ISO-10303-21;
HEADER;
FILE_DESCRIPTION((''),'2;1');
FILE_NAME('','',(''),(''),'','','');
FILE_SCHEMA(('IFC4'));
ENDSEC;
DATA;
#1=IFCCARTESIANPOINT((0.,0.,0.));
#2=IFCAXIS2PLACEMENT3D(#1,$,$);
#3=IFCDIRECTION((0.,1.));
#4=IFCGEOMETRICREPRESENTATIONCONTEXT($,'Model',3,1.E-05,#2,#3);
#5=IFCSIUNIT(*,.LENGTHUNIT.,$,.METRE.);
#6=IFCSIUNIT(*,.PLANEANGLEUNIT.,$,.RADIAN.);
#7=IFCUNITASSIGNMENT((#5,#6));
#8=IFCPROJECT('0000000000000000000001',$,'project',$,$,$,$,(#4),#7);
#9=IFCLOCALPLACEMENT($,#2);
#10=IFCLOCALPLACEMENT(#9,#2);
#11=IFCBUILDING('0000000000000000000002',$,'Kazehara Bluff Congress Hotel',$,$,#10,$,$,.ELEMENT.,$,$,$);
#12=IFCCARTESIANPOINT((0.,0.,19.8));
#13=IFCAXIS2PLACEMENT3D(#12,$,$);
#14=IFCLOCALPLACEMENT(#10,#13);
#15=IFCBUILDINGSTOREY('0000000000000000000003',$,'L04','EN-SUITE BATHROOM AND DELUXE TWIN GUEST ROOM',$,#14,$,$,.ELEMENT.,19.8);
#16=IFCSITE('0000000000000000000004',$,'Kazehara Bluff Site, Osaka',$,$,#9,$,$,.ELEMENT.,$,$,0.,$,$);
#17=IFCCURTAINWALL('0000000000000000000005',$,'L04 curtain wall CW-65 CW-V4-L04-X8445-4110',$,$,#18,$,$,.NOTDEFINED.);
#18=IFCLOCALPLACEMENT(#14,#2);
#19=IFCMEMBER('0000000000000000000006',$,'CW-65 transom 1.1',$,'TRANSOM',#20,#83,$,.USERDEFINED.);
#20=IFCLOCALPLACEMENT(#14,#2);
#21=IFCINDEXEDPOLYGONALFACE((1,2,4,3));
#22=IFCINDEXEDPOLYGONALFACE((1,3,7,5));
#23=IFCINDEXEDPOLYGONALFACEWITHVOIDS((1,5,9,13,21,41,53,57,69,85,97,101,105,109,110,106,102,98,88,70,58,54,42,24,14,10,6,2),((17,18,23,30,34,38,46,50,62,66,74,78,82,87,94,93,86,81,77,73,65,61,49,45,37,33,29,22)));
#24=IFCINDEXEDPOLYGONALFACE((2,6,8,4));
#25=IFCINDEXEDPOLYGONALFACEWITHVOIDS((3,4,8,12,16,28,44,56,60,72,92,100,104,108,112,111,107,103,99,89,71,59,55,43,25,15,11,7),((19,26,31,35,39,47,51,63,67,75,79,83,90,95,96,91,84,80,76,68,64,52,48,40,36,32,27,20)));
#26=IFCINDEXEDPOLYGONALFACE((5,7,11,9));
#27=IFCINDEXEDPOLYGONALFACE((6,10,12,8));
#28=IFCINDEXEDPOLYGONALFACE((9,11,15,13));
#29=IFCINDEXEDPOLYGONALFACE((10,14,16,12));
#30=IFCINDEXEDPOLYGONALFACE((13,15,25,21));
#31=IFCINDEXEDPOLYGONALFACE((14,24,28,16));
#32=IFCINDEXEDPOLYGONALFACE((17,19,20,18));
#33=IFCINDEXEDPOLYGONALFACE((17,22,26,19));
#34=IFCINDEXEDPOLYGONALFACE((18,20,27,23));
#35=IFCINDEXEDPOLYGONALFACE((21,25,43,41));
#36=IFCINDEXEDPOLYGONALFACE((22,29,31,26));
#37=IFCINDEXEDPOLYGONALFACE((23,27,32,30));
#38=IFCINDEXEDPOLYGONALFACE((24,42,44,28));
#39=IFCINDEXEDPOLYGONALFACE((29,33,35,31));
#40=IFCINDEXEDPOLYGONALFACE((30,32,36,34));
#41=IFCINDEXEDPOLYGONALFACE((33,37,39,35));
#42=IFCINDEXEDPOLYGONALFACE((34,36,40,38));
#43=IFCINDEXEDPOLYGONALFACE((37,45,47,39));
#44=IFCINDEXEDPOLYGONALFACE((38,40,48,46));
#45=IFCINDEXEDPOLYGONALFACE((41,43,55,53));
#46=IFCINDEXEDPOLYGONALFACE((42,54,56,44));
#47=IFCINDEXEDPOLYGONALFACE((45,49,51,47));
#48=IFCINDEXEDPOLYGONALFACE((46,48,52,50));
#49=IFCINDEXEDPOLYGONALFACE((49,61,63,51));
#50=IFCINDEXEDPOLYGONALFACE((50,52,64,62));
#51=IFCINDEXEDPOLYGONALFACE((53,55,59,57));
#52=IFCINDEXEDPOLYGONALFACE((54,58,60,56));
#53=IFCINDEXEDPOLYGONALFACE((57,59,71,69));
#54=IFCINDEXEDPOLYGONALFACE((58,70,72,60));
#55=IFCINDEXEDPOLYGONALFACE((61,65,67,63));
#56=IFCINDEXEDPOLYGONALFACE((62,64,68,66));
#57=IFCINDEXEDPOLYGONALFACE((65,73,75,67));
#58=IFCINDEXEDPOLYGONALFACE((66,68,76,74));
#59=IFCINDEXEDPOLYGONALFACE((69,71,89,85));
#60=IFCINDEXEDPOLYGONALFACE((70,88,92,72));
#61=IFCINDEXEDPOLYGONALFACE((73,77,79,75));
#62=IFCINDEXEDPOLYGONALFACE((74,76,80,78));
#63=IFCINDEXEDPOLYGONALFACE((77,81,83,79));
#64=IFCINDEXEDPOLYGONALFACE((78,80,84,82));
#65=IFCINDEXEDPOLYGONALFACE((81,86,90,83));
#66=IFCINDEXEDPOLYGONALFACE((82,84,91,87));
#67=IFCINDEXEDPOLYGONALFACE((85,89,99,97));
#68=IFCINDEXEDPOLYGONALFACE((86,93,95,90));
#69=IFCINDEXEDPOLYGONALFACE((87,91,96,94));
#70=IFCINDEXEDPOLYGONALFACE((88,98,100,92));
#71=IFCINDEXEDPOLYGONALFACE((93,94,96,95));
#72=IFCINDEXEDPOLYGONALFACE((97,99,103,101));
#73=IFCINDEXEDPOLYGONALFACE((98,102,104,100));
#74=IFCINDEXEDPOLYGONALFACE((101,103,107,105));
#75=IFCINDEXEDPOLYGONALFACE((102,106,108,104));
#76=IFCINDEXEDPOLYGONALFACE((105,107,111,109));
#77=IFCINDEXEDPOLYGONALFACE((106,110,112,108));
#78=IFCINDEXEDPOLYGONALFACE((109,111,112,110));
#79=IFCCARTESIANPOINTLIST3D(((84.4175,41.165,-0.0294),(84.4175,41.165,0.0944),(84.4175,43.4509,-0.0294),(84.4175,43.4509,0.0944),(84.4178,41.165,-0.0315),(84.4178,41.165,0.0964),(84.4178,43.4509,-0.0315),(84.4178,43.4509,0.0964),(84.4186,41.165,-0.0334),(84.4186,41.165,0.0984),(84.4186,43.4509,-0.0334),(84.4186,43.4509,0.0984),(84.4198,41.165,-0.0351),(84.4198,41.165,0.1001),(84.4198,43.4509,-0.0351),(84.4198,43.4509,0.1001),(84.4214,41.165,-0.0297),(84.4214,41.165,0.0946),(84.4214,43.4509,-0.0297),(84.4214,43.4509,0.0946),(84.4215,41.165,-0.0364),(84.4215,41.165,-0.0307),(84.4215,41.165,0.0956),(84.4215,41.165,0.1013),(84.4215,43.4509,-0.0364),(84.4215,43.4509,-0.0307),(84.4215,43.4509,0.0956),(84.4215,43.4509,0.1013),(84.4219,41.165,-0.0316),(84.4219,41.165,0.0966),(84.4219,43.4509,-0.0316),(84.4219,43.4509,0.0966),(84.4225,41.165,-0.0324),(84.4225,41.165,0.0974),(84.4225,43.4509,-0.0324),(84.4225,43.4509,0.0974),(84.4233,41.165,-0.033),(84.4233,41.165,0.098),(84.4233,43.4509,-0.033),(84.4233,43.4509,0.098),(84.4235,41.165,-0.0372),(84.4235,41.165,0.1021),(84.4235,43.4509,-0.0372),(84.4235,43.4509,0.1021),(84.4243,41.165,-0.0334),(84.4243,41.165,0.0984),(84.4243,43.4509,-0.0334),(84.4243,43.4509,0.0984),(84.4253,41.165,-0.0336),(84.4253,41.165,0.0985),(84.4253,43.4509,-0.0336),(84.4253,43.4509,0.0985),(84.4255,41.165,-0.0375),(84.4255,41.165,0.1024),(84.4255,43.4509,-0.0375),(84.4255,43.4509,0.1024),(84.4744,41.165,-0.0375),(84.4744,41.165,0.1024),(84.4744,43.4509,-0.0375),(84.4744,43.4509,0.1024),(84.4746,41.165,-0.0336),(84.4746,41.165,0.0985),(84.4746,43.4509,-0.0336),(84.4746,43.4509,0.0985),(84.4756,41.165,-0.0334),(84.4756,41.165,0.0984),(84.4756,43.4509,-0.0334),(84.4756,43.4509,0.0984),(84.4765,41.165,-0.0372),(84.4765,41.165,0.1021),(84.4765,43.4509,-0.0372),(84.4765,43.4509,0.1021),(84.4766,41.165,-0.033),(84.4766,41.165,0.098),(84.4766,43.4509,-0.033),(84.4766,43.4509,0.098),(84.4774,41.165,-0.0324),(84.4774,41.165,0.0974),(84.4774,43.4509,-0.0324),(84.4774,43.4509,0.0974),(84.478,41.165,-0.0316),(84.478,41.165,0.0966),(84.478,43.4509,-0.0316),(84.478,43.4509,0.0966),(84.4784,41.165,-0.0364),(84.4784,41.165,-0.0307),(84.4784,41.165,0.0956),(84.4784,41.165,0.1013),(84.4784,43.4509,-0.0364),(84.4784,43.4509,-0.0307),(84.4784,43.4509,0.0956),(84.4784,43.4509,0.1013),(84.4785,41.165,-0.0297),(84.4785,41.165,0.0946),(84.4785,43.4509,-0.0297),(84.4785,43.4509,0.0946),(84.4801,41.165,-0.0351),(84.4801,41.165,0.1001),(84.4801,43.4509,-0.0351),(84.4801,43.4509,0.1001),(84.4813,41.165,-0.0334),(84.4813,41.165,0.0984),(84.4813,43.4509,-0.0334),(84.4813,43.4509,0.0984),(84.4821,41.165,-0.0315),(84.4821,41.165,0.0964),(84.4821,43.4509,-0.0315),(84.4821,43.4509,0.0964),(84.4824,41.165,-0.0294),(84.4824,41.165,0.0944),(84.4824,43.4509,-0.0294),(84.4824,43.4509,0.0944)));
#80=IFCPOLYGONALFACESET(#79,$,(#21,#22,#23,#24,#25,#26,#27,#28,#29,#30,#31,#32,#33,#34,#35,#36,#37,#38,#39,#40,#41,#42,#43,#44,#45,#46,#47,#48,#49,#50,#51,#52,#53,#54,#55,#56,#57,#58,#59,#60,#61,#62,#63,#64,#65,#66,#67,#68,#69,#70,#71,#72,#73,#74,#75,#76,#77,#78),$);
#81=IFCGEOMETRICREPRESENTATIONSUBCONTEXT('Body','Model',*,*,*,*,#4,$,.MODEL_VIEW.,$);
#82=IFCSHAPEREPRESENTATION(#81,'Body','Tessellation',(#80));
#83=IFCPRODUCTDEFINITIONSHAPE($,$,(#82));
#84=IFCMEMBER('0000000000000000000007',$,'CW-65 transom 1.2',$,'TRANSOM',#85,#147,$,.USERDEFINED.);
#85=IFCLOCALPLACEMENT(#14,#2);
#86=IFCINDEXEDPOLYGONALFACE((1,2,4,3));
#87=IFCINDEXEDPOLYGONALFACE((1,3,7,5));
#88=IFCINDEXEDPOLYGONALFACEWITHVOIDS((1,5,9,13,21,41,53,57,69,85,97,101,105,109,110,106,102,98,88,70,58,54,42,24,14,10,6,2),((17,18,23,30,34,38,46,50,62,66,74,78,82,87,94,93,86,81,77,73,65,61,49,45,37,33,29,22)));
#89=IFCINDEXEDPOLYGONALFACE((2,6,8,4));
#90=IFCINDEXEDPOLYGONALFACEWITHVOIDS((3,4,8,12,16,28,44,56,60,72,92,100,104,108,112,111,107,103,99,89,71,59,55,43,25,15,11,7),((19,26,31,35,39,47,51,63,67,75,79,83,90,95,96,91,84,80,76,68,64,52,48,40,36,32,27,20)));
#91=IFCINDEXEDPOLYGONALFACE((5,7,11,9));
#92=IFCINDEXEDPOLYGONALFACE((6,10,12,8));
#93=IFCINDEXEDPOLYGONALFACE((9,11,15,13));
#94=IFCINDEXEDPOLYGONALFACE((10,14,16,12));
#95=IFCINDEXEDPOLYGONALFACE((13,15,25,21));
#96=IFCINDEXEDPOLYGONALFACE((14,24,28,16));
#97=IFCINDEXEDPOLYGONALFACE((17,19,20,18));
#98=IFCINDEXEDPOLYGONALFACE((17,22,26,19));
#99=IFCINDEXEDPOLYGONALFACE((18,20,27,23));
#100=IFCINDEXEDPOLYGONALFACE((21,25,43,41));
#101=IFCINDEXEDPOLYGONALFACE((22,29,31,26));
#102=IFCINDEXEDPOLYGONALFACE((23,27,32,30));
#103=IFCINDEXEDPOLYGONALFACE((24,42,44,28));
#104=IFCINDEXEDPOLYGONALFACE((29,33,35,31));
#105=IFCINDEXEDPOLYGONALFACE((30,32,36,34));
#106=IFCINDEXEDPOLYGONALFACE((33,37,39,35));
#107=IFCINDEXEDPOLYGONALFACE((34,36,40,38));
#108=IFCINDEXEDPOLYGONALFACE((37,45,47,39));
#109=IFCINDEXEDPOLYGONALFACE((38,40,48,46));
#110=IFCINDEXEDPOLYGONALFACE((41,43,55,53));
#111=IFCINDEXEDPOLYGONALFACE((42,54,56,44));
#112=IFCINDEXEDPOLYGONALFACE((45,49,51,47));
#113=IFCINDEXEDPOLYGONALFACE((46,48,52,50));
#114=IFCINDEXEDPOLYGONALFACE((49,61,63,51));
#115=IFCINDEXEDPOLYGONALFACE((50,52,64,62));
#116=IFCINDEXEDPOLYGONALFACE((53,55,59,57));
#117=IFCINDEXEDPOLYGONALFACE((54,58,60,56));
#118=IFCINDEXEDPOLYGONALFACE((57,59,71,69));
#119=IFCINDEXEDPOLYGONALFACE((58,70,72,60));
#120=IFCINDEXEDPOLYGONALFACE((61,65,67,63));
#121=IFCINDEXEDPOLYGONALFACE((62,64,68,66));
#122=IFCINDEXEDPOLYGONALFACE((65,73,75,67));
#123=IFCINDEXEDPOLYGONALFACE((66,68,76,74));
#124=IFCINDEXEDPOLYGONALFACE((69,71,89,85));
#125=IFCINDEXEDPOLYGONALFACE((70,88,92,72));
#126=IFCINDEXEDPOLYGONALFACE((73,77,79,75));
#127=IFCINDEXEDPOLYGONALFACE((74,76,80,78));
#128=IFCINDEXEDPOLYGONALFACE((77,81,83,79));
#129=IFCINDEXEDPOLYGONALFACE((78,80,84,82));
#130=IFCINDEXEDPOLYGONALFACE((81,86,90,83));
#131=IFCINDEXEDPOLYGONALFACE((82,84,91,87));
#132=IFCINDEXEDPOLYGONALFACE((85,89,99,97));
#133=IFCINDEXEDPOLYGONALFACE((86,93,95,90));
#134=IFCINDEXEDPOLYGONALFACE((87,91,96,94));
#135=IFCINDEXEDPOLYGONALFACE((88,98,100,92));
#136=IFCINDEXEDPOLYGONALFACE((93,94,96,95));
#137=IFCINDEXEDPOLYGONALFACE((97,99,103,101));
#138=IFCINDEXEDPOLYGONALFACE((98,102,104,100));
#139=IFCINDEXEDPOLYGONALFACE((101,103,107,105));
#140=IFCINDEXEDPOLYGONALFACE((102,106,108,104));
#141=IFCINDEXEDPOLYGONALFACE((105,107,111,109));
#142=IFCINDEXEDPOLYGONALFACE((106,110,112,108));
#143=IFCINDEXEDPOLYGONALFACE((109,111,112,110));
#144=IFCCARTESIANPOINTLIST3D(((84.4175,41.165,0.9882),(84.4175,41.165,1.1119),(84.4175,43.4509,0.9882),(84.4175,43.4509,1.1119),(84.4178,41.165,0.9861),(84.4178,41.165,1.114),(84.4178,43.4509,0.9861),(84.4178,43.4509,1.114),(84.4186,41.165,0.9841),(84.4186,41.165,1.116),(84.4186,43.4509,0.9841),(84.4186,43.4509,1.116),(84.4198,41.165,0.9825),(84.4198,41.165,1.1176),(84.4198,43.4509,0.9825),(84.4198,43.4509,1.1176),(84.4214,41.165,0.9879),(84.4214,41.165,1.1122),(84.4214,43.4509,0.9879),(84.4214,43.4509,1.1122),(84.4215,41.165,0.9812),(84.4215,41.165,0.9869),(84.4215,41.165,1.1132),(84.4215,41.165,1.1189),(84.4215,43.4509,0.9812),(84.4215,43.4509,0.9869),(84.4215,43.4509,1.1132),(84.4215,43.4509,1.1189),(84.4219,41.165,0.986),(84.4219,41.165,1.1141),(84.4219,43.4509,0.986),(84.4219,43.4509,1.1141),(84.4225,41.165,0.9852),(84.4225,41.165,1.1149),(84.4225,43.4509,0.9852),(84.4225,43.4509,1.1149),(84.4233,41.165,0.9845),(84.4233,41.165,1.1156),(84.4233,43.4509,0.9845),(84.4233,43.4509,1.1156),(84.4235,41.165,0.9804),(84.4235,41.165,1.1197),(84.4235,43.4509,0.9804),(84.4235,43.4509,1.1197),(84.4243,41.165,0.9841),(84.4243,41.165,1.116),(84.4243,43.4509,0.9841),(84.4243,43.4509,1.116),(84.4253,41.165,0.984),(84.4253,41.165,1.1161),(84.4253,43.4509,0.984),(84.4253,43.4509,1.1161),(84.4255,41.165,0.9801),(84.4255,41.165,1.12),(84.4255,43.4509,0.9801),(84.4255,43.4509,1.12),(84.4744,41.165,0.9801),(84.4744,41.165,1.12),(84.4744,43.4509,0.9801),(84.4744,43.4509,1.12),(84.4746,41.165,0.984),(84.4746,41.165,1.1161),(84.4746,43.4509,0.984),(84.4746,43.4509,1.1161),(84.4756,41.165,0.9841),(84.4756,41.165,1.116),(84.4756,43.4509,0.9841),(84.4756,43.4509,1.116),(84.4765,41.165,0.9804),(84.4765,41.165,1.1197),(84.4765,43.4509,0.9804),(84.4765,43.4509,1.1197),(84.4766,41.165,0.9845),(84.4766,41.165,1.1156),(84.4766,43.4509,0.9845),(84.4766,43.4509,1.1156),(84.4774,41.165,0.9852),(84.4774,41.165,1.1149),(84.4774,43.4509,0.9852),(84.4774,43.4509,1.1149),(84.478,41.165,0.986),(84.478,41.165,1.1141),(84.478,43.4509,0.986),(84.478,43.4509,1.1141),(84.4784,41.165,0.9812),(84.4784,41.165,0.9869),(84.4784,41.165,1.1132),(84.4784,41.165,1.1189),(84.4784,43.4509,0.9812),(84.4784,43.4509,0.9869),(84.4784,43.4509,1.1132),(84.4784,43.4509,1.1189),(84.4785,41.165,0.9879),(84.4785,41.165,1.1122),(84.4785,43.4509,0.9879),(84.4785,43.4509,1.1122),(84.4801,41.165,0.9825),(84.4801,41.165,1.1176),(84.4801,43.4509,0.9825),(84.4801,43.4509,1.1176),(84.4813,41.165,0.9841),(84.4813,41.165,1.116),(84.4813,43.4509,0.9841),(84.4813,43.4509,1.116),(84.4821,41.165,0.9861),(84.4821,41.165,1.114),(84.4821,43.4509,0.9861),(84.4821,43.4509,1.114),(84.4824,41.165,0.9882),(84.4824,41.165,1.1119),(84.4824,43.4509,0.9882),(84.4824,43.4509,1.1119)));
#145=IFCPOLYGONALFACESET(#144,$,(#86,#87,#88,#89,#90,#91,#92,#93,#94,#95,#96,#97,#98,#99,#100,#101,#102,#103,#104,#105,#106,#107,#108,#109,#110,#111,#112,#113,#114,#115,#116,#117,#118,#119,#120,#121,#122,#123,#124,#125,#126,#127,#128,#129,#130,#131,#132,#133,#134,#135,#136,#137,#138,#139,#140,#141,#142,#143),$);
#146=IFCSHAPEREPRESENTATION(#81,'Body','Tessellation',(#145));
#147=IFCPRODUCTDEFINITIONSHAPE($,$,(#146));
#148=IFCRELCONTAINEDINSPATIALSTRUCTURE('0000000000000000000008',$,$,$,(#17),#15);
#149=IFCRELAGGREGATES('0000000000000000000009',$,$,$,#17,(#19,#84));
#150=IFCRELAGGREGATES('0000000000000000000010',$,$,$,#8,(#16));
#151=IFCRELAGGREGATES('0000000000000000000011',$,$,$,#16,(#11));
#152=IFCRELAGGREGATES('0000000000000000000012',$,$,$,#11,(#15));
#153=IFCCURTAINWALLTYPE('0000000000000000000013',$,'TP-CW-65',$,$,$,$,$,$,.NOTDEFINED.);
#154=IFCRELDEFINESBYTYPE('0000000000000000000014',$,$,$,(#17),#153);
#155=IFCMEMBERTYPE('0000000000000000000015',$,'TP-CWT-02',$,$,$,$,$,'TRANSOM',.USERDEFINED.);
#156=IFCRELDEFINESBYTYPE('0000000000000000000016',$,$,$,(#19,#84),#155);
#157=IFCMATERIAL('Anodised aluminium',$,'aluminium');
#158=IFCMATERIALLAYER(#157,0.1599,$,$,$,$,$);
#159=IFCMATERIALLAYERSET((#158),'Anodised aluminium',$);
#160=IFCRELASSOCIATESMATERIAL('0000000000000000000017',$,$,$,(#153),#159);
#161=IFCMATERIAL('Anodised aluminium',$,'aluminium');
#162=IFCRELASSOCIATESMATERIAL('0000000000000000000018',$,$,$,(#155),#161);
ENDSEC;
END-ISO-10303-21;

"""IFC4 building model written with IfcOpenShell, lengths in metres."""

from ifc_helpers import new_model, si_unit, direction, frame, origin, origin_2d, place, context, subcontext, project, spatial, hollow_rectangle, extrude, material, layer, layer_set, material_profile, profile_set, type_object, element, aggregate, save


model = new_model("IFC4")

# Units and contexts
model_context = context("Model", 3, precision=1e-05, world=origin(), true_north=direction((0.0, 1.0)))
body_context = subcontext(model_context, "Body", "Model", "MODEL_VIEW")
ifc_project = project(units=[si_unit("LENGTHUNIT", "METRE"), si_unit("PLANEANGLEUNIT", "RADIAN")], contexts=[model_context])

# Site, building, storey
site_placement = place(None, origin())
site = spatial("IfcSite", under=ifc_project, at=site_placement, Name="Kazehara Bluff Site, Osaka", CompositionType="ELEMENT", RefElevation=0.0)
building_placement = place(site_placement, origin())
building = spatial("IfcBuilding", under=site, at=building_placement, Name="Kazehara Bluff Congress Hotel", CompositionType="ELEMENT")
storey_placement = place(building_placement, frame((0.0, 0.0, 19.8)))
storey = spatial("IfcBuildingStorey", under=building, at=storey_placement, Name="L04", Description="EN-SUITE BATHROOM AND DELUXE TWIN GUEST ROOM", CompositionType="ELEMENT", Elevation=19.8)

# Curtain wall
ifc_material_1 = material(Name="Anodised aluminium", Category="aluminium")
ifc_layer_1 = layer(ifc_material_1, 0.1599)
ifc_layer_set_1 = layer_set([ifc_layer_1], Name="Anodised aluminium")
curtain_wall_type_1 = type_object("IfcCurtainWallType", Name="TP-CW-65", PredefinedType="NOTDEFINED", material=ifc_layer_set_1)
curtain_wall_1_placement = place(storey_placement, origin())
curtain_wall_1 = element("IfcCurtainWall", 1, at=curtain_wall_1_placement, inside=storey, type_object=curtain_wall_type_1, Name="L04 curtain wall CW-65 CW-V4-L04-X8445-4110", PredefinedType="NOTDEFINED")
ifc_material_2 = material(Name="Anodised aluminium", Category="aluminium")
ifc_material_profile_1 = material_profile(ifc_material_2, hollow_rectangle(XDim=0.0649, YDim=0.1399, WallThickness=0.0039, InnerFilletRadius=0.0039, OuterFilletRadius=0.0081, at=origin_2d()))
ifc_profile_set_1 = profile_set([ifc_material_profile_1], Name="Anodised aluminium")
member_type_1 = type_object("IfcMemberType", Name="TP-CWT-02", ElementType="TRANSOM", PredefinedType="USERDEFINED", material=ifc_profile_set_1)

# Members
member_1_placement = place(storey_placement, frame((84.45, 41.165, 0.0325), z_axis=(0.0, 1.0, 0.0), x_axis=(-1.0, 0.0, 0.0)))
member_1 = element("IfcMember", 2, at=member_1_placement, type_object=member_type_1, Name="CW-65 transom 1.1", ObjectType="TRANSOM", PredefinedType="USERDEFINED", context=body_context, shape_type="SweptSolid", body=[
    extrude(hollow_rectangle(XDim=0.0649, YDim=0.1399, WallThickness=0.0039, InnerFilletRadius=0.0039, OuterFilletRadius=0.0081, at=origin_2d()), origin(), (0.0, 0.0, 1.0), 2.2859),
])
member_2_placement = place(storey_placement, frame((84.45, 41.165, 1.05), z_axis=(0.0, 1.0, 0.0), x_axis=(-1.0, 0.0, 0.0)))
member_2 = element("IfcMember", 3, at=member_2_placement, type_object=member_type_1, Name="CW-65 transom 1.2", ObjectType="TRANSOM", PredefinedType="USERDEFINED", context=body_context, shape_type="SweptSolid", body=[
    extrude(hollow_rectangle(XDim=0.0649, YDim=0.1399, WallThickness=0.0039, InnerFilletRadius=0.0039, OuterFilletRadius=0.0081, at=origin_2d()), origin(), (0.0, 0.0, 1.0), 2.2859),
])

aggregate(curtain_wall_1, [member_1, member_2])

save(model, "model.ifc")
